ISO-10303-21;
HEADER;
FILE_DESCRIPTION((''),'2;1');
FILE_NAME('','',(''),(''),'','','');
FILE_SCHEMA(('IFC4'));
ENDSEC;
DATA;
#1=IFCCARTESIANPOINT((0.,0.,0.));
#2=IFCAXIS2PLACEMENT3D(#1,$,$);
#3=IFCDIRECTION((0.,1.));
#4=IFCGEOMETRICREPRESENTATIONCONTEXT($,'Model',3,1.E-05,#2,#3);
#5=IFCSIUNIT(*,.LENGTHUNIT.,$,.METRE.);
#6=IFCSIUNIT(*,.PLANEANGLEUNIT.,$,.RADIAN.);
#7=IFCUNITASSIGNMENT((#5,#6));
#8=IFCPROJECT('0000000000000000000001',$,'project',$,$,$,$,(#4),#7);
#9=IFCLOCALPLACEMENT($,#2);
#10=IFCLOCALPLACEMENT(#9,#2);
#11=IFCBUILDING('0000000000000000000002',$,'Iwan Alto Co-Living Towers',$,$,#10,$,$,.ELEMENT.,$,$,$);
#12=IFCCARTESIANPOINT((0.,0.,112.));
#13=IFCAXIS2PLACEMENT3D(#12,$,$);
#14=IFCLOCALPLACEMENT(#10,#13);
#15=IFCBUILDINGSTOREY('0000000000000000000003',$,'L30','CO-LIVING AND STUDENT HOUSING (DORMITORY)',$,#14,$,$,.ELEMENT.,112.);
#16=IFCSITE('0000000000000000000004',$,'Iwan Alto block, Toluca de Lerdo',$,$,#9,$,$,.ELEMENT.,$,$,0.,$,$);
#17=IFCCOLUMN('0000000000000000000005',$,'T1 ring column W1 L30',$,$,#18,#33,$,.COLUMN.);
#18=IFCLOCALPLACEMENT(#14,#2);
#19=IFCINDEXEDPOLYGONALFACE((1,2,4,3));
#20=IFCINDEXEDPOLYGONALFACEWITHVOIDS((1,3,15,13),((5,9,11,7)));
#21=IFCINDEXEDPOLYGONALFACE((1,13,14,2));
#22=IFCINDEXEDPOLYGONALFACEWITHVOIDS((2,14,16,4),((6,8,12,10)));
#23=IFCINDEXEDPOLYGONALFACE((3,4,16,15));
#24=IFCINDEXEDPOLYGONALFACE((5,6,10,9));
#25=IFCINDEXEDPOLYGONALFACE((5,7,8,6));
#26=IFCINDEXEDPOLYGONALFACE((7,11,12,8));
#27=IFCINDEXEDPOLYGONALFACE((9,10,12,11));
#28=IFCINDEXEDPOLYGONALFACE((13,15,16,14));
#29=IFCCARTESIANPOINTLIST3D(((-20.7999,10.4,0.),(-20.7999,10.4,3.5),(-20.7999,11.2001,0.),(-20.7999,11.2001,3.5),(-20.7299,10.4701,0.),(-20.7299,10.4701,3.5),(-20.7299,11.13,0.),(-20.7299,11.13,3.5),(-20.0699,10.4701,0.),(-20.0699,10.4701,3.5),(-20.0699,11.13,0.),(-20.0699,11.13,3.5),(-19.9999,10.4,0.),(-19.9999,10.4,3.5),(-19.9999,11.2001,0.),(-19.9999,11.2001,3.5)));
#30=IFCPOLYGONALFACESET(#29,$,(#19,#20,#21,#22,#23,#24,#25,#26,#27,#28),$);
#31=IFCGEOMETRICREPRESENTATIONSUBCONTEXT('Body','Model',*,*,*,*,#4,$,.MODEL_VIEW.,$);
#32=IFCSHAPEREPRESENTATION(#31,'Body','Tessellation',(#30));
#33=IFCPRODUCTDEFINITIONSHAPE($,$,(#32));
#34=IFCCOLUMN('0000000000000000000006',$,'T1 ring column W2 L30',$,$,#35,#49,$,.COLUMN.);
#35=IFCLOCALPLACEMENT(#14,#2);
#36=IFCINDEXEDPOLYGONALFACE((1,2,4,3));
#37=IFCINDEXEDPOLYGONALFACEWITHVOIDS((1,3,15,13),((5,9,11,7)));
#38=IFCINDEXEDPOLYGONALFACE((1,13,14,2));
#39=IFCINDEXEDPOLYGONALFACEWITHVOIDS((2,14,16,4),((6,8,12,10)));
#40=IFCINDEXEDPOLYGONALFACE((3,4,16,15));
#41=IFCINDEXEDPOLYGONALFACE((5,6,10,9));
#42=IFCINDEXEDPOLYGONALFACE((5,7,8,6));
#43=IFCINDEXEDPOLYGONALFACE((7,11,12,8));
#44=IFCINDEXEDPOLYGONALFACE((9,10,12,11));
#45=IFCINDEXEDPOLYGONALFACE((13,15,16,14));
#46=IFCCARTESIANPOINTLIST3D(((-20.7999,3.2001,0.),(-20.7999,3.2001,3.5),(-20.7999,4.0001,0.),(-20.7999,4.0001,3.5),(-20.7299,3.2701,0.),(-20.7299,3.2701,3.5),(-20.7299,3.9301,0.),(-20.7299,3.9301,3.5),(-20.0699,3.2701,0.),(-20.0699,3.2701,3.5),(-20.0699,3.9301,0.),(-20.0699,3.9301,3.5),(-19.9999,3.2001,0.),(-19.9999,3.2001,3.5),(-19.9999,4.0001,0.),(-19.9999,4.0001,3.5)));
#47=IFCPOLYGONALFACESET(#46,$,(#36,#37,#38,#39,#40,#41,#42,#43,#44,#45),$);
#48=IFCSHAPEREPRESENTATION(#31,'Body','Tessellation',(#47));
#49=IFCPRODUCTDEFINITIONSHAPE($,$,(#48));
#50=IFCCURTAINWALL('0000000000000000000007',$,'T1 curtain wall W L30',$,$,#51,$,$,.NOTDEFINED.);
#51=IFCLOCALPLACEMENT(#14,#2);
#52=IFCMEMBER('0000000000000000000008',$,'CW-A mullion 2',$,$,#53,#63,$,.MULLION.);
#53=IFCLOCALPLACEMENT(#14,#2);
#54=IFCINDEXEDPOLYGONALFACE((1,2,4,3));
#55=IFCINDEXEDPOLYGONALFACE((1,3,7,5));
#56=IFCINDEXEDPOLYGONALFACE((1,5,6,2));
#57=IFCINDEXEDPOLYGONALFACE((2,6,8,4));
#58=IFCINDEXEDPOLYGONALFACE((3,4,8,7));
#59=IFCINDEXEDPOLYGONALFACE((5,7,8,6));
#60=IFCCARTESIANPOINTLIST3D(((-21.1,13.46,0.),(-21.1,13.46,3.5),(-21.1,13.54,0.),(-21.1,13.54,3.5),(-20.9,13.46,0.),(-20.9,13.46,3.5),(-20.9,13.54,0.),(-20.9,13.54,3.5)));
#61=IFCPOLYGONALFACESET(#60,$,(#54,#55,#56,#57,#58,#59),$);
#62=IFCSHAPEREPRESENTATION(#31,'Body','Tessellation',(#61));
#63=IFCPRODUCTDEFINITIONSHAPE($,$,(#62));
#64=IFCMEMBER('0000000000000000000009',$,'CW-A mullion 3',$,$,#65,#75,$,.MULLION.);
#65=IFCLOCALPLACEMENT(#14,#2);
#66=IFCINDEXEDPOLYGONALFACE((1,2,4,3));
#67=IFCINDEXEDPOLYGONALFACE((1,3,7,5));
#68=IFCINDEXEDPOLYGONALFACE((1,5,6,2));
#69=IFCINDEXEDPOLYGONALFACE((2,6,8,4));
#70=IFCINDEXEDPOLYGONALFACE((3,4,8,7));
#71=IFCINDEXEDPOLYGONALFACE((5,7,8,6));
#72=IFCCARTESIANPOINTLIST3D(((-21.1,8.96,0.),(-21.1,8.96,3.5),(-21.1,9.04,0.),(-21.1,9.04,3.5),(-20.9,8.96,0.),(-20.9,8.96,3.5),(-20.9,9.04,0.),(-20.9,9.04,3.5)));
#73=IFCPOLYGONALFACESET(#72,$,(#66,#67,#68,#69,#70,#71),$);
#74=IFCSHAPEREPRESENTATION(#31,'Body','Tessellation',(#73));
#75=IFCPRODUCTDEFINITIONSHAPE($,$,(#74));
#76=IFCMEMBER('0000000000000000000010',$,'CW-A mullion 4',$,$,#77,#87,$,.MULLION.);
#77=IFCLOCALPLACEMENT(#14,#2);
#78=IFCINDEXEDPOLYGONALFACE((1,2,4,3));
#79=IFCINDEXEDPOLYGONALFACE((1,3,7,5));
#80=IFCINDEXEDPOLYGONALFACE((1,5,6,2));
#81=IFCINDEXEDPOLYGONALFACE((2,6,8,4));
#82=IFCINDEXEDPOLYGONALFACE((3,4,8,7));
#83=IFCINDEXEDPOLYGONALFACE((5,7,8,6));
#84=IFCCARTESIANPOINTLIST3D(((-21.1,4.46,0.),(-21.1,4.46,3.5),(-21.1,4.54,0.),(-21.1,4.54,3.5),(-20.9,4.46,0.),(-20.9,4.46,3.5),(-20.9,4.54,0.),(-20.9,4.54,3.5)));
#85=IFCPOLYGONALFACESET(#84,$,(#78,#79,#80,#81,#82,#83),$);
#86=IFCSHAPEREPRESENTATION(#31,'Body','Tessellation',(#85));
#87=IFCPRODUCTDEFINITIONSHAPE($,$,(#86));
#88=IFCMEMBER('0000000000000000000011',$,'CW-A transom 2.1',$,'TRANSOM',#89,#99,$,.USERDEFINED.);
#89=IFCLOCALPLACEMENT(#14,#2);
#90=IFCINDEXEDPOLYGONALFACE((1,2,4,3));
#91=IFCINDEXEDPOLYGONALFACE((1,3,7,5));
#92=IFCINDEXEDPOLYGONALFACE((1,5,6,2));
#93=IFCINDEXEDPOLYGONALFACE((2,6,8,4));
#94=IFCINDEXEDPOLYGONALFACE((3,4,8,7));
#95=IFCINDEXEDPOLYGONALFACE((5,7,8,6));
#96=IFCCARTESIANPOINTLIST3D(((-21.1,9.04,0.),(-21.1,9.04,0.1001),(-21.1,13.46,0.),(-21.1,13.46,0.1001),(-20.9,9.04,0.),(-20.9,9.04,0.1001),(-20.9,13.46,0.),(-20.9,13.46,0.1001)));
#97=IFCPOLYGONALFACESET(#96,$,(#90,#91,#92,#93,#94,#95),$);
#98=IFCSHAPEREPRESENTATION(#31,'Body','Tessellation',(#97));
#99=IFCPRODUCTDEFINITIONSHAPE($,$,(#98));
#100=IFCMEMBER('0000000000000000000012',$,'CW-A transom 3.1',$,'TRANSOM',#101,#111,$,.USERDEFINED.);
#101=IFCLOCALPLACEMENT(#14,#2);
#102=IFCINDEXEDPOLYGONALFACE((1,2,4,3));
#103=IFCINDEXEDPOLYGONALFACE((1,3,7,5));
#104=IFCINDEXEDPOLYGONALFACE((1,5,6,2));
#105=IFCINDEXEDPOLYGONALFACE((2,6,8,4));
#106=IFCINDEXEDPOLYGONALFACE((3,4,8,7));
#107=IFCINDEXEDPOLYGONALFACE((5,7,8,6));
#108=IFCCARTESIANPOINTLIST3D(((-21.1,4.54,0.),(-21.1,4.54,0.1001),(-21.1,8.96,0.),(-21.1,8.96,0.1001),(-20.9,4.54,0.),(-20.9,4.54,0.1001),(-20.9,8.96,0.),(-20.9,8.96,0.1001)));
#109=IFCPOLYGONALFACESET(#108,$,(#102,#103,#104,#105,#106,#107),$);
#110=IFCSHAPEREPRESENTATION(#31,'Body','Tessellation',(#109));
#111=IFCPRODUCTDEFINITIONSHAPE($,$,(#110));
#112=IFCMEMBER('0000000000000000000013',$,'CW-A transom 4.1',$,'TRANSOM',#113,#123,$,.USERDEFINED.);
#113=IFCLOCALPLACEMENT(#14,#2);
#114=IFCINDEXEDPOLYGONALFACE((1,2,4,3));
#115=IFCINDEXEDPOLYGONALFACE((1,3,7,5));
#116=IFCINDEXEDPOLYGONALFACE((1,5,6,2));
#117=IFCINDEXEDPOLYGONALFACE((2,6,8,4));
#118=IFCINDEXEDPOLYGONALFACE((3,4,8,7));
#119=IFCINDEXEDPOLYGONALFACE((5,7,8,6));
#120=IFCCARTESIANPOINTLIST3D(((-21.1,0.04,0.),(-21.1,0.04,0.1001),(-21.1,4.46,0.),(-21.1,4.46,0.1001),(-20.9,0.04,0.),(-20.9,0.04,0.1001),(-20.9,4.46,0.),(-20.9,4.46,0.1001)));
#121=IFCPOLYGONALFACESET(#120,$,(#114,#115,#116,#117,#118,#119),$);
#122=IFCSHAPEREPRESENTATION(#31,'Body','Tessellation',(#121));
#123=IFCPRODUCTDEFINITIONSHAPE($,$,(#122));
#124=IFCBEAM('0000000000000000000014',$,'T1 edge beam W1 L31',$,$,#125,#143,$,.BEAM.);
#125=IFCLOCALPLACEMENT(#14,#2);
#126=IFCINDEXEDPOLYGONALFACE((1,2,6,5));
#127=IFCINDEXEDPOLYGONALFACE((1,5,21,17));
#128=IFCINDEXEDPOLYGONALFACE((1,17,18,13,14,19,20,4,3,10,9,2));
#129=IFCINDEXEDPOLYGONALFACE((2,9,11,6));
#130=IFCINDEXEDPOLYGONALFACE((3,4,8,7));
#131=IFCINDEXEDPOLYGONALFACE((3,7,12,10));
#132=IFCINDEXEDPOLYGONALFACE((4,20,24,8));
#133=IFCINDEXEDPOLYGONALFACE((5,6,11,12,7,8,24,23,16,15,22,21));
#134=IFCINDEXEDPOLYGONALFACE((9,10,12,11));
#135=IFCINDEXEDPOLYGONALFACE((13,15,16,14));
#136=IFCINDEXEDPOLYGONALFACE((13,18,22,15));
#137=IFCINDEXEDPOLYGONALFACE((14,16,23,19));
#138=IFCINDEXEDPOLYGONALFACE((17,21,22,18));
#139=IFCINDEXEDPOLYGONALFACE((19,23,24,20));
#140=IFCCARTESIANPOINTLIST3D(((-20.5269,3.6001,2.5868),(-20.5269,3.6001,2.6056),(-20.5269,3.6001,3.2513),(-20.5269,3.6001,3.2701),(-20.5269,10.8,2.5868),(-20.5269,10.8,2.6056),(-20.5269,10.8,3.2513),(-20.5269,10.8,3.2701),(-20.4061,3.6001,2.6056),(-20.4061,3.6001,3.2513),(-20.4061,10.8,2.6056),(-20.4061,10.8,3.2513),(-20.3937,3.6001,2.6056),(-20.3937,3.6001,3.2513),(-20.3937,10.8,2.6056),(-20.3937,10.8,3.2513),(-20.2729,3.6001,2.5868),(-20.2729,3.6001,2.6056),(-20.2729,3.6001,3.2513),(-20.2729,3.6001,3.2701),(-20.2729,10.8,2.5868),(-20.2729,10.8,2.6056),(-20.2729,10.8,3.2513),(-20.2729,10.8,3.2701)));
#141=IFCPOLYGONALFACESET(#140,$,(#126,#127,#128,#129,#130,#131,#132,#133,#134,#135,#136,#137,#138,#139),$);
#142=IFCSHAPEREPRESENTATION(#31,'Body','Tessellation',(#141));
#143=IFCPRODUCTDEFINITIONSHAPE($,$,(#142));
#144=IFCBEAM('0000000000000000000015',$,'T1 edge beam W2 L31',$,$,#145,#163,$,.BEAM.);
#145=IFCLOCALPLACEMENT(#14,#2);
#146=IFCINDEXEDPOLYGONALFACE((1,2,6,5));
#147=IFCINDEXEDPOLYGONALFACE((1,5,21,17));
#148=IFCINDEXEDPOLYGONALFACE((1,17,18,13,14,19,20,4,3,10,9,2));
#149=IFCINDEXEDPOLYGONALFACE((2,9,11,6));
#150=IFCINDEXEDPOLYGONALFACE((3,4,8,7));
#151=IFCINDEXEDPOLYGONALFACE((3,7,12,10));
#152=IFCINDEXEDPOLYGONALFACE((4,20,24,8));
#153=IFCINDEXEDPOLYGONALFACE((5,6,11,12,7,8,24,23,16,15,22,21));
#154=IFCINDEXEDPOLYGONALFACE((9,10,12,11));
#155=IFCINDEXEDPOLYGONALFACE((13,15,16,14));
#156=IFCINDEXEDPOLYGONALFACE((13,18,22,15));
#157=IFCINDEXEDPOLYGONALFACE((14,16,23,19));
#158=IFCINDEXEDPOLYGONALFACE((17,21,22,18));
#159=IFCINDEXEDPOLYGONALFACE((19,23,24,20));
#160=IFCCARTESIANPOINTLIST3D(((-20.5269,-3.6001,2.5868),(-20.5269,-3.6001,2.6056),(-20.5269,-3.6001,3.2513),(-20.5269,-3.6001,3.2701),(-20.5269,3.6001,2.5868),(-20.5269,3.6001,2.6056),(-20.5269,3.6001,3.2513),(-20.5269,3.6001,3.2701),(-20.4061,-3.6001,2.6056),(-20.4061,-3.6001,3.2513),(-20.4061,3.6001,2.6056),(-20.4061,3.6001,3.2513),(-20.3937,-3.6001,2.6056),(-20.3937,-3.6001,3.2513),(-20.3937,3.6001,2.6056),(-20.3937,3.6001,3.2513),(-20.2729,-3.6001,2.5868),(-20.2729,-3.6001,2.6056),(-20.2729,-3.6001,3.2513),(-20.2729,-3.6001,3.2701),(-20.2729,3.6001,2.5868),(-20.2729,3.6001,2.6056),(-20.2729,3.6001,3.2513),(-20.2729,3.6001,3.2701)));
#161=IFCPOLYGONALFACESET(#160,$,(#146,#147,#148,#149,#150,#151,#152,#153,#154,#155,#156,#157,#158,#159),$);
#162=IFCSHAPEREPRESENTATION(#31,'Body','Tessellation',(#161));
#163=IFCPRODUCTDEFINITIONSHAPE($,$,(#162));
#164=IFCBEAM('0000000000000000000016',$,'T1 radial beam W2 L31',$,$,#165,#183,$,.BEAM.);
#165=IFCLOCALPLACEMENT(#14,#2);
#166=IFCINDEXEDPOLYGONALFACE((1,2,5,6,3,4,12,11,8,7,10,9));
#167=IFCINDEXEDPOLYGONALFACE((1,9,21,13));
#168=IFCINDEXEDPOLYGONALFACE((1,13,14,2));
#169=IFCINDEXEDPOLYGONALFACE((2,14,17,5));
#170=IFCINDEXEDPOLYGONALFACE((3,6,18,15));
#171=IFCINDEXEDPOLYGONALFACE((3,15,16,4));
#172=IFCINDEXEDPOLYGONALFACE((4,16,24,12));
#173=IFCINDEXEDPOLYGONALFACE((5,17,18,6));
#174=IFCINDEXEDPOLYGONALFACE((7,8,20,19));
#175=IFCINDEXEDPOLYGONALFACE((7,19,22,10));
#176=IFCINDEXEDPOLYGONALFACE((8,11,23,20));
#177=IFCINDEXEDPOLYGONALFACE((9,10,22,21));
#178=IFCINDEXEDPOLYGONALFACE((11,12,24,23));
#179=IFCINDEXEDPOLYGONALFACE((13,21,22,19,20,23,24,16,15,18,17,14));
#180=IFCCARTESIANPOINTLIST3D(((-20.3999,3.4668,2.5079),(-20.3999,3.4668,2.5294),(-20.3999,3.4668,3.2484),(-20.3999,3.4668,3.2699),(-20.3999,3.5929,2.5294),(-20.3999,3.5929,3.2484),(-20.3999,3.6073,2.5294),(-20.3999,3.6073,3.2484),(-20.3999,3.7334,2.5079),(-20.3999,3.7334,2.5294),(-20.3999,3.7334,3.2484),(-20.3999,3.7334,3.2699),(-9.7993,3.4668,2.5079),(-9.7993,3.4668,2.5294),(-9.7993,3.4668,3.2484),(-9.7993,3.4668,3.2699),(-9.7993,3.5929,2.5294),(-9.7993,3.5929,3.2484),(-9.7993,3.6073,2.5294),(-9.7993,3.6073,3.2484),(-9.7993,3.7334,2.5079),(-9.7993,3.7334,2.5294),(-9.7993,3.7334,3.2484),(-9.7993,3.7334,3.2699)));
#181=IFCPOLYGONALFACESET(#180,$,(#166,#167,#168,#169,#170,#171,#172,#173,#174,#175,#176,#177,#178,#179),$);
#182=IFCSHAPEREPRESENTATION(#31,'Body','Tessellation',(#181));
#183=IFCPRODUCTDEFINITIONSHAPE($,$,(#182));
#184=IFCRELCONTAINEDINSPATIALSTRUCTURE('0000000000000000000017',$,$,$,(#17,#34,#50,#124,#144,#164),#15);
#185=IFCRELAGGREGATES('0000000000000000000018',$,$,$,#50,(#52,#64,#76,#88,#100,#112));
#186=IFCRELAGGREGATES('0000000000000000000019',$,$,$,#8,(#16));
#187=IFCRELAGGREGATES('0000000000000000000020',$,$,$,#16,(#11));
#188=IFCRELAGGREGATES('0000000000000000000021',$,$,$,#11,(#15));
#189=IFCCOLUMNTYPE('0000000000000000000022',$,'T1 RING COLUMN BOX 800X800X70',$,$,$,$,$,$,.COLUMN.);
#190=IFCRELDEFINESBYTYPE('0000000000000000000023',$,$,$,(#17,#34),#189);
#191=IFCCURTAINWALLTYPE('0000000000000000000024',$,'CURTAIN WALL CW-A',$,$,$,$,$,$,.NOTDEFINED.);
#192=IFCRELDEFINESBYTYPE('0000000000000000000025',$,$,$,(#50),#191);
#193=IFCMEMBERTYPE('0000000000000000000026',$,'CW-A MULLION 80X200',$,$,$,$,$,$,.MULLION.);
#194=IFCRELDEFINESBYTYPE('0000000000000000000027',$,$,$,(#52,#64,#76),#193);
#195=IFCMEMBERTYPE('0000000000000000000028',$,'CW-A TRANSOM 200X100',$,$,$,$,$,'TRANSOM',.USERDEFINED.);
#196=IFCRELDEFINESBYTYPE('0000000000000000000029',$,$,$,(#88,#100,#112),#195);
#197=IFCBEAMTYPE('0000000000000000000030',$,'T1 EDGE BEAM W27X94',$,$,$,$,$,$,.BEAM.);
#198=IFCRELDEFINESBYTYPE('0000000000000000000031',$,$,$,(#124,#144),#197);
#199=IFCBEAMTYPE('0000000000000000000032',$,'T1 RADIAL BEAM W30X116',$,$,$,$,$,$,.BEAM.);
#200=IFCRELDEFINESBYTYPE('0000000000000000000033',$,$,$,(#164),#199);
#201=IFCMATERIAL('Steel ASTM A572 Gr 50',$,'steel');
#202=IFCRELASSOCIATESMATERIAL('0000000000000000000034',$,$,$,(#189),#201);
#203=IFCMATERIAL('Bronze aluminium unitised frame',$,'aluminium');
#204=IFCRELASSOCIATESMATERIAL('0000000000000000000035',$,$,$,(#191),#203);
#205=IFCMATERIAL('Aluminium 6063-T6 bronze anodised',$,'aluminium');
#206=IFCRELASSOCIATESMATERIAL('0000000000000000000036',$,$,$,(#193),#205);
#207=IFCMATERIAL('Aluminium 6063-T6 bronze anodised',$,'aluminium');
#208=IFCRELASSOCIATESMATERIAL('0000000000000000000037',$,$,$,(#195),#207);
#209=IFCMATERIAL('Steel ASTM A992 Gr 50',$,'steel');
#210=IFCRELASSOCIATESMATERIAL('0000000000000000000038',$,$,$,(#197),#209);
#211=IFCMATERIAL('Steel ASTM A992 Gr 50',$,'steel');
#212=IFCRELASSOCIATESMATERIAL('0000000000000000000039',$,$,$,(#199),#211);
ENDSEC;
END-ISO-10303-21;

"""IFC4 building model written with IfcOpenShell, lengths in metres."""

from ifc_helpers import new_model, si_unit, direction, frame, origin, origin_2d, place, context, subcontext, project, spatial, rectangle, hollow_rectangle, i_section, extrude, material, material_profile, profile_set, type_object, element, aggregate, save


model = new_model("IFC4")

# Units and contexts
model_context = context("Model", 3, precision=1e-05, world=origin(), true_north=direction((0.0, 1.0)))
body_context = subcontext(model_context, "Body", "Model", "MODEL_VIEW")
ifc_project = project(units=[si_unit("LENGTHUNIT", "METRE"), si_unit("PLANEANGLEUNIT", "RADIAN")], contexts=[model_context])

# Site, building, storey
site_placement = place(None, origin())
site = spatial("IfcSite", under=ifc_project, at=site_placement, Name="Iwan Alto block, Toluca de Lerdo", CompositionType="ELEMENT", RefElevation=0.0)
building_placement = place(site_placement, origin())
building = spatial("IfcBuilding", under=site, at=building_placement, Name="Iwan Alto Co-Living Towers", CompositionType="ELEMENT")
storey_placement = place(building_placement, frame((0.0, 0.0, 112.0)))
storey = spatial("IfcBuildingStorey", under=building, at=storey_placement, Name="L30", Description="CO-LIVING AND STUDENT HOUSING (DORMITORY)", CompositionType="ELEMENT", Elevation=112.0)

# Columns
ifc_material_1 = material(Name="Steel ASTM A572 Gr 50", Category="steel")
ifc_material_profile_1 = material_profile(ifc_material_1, hollow_rectangle(XDim=0.8, YDim=0.8, WallThickness=0.0701, at=origin_2d()), Name="BOX 800X800X70")
ifc_profile_set_1 = profile_set([ifc_material_profile_1], Name="Steel ASTM A572 Gr 50")
column_type = type_object("IfcColumnType", Name="T1 RING COLUMN BOX 800X800X70", PredefinedType="COLUMN", material=ifc_profile_set_1)
for number, where, z_axis, x_axis, name in (
    (1, (-20.3999, 10.8, 0.0), (0.0, 0.0, 1.0), (1.0, 0.0, 0.0), "T1 ring column W1 L30"),
    (2, (-20.3999, 3.6001, 0.0), (0.0, 0.0, 1.0), (1.0, 0.0, 0.0), "T1 ring column W2 L30"),
):
    element("IfcColumn", number, at=place(storey_placement, frame(where, z_axis=z_axis, x_axis=x_axis)), inside=storey, type_object=column_type, Name=name, PredefinedType="COLUMN", context=body_context, shape_type="SweptSolid", body=[
        extrude(hollow_rectangle(XDim=0.8, YDim=0.8, WallThickness=0.0701, at=origin_2d()), origin(), (0.0, 0.0, 1.0), 3.5),
    ])

# Curtain wall, members
ifc_material_2 = material(Name="Bronze aluminium unitised frame", Category="aluminium")
curtain_wall_type = type_object("IfcCurtainWallType", Name="CURTAIN WALL CW-A", PredefinedType="NOTDEFINED", material=ifc_material_2)
curtain_wall_placement = place(storey_placement, origin())
curtain_wall = element("IfcCurtainWall", 3, at=curtain_wall_placement, inside=storey, type_object=curtain_wall_type, Name="T1 curtain wall W L30", PredefinedType="NOTDEFINED")
ifc_material_3 = material(Name="Aluminium 6063-T6 bronze anodised", Category="aluminium")
ifc_material_profile_2 = material_profile(ifc_material_3, rectangle(XDim=0.2, YDim=0.0801, at=origin_2d()), Name="AL 80X200")
ifc_profile_set_2 = profile_set([ifc_material_profile_2], Name="Aluminium 6063-T6 bronze anodised")
member_type_1 = type_object("IfcMemberType", Name="CW-A MULLION 80X200", PredefinedType="MULLION", material=ifc_profile_set_2)
member_1_placement = place(storey_placement, frame((-21.0, 13.5, 0.0), z_axis=(0.0, 0.0, 1.0), x_axis=(1.0, 0.0, 0.0)))
member_1 = element("IfcMember", 4, at=member_1_placement, type_object=member_type_1, Name="CW-A mullion 2", PredefinedType="MULLION", context=body_context, shape_type="SweptSolid", body=[
    extrude(rectangle(XDim=0.2, YDim=0.0801, at=origin_2d()), origin(), (0.0, 0.0, 1.0), 3.5),
])
member_2_placement = place(storey_placement, frame((-21.0, 9.0, 0.0), z_axis=(0.0, 0.0, 1.0), x_axis=(1.0, 0.0, 0.0)))
member_2 = element("IfcMember", 5, at=member_2_placement, type_object=member_type_1, Name="CW-A mullion 3", PredefinedType="MULLION", context=body_context, shape_type="SweptSolid", body=[
    extrude(rectangle(XDim=0.2, YDim=0.0801, at=origin_2d()), origin(), (0.0, 0.0, 1.0), 3.5),
])
member_3_placement = place(storey_placement, frame((-21.0, 4.5, 0.0), z_axis=(0.0, 0.0, 1.0), x_axis=(1.0, 0.0, 0.0)))
member_3 = element("IfcMember", 6, at=member_3_placement, type_object=member_type_1, Name="CW-A mullion 4", PredefinedType="MULLION", context=body_context, shape_type="SweptSolid", body=[
    extrude(rectangle(XDim=0.2, YDim=0.0801, at=origin_2d()), origin(), (0.0, 0.0, 1.0), 3.5),
])
ifc_material_4 = material(Name="Aluminium 6063-T6 bronze anodised", Category="aluminium")
ifc_material_profile_3 = material_profile(ifc_material_4, rectangle(XDim=0.2, YDim=0.1001, at=origin_2d()), Name="AL 200X100")
ifc_profile_set_3 = profile_set([ifc_material_profile_3], Name="Aluminium 6063-T6 bronze anodised")
member_type_2 = type_object("IfcMemberType", Name="CW-A TRANSOM 200X100", ElementType="TRANSOM", PredefinedType="USERDEFINED", material=ifc_profile_set_3)
member_4_placement = place(storey_placement, frame((-21.0, 13.46, 0.05), z_axis=(0.0, -1.0, 0.0), x_axis=(1.0, 0.0, 0.0)))
member_4 = element("IfcMember", 7, at=member_4_placement, type_object=member_type_2, Name="CW-A transom 2.1", ObjectType="TRANSOM", PredefinedType="USERDEFINED", context=body_context, shape_type="SweptSolid", body=[
    extrude(rectangle(XDim=0.2, YDim=0.1001, at=origin_2d()), origin(), (0.0, 0.0, 1.0), 4.4199),
])
member_5_placement = place(storey_placement, frame((-21.0, 8.96, 0.05), z_axis=(0.0, -1.0, 0.0), x_axis=(1.0, 0.0, 0.0)))
member_5 = element("IfcMember", 8, at=member_5_placement, type_object=member_type_2, Name="CW-A transom 3.1", ObjectType="TRANSOM", PredefinedType="USERDEFINED", context=body_context, shape_type="SweptSolid", body=[
    extrude(rectangle(XDim=0.2, YDim=0.1001, at=origin_2d()), origin(), (0.0, 0.0, 1.0), 4.4199),
])
member_6_placement = place(storey_placement, frame((-21.0, 4.46, 0.05), z_axis=(0.0, -1.0, 0.0), x_axis=(1.0, 0.0, 0.0)))
member_6 = element("IfcMember", 9, at=member_6_placement, type_object=member_type_2, Name="CW-A transom 4.1", ObjectType="TRANSOM", PredefinedType="USERDEFINED", context=body_context, shape_type="SweptSolid", body=[
    extrude(rectangle(XDim=0.2, YDim=0.1001, at=origin_2d()), origin(), (0.0, 0.0, 1.0), 4.4199),
])

# Beams
ifc_material_5 = material(Name="Steel ASTM A992 Gr 50", Category="steel")
ifc_material_profile_4 = material_profile(ifc_material_5, i_section(OverallWidth=0.2539, OverallDepth=0.6833, WebThickness=0.0125, FlangeThickness=0.0188, at=origin_2d()), Name="W27X94")
ifc_profile_set_4 = profile_set([ifc_material_profile_4], Name="Steel ASTM A992 Gr 50")
beam_type_1 = type_object("IfcBeamType", Name="T1 EDGE BEAM W27X94", PredefinedType="BEAM", material=ifc_profile_set_4)
beam_1_placement = place(storey_placement, frame((-20.3999, 10.8, 2.9285), z_axis=(0.0, -1.0, 0.0), x_axis=(1.0, 0.0, 0.0)))
element("IfcBeam", 10, at=beam_1_placement, inside=storey, type_object=beam_type_1, Name="T1 edge beam W1 L31", PredefinedType="BEAM", context=body_context, shape_type="SweptSolid", body=[
    extrude(i_section(OverallWidth=0.2539, OverallDepth=0.6833, WebThickness=0.0125, FlangeThickness=0.0188, at=origin_2d()), origin(), (0.0, 0.0, 1.0), 7.2),
])
beam_2_placement = place(storey_placement, frame((-20.3999, 3.6001, 2.9285), z_axis=(0.0, -1.0, 0.0), x_axis=(1.0, 0.0, 0.0)))
element("IfcBeam", 11, at=beam_2_placement, inside=storey, type_object=beam_type_1, Name="T1 edge beam W2 L31", PredefinedType="BEAM", context=body_context, shape_type="SweptSolid", body=[
    extrude(i_section(OverallWidth=0.2539, OverallDepth=0.6833, WebThickness=0.0125, FlangeThickness=0.0188, at=origin_2d()), origin(), (0.0, 0.0, 1.0), 7.2002),
])
ifc_material_6 = material(Name="Steel ASTM A992 Gr 50", Category="steel")
ifc_material_profile_5 = material_profile(ifc_material_6, i_section(OverallWidth=0.2666, OverallDepth=0.762, WebThickness=0.0144, FlangeThickness=0.0215, at=origin_2d()), Name="W30X116")
ifc_profile_set_5 = profile_set([ifc_material_profile_5], Name="Steel ASTM A992 Gr 50")
beam_type_2 = type_object("IfcBeamType", Name="T1 RADIAL BEAM W30X116", PredefinedType="BEAM", material=ifc_profile_set_5)
beam_3_placement = place(storey_placement, frame((-20.3999, 3.6001, 2.8889), z_axis=(1.0, 0.0, 0.0), x_axis=(0.0, 1.0, 0.0)))
element("IfcBeam", 12, at=beam_3_placement, inside=storey, type_object=beam_type_2, Name="T1 radial beam W2 L31", PredefinedType="BEAM", context=body_context, shape_type="SweptSolid", body=[
    extrude(i_section(OverallWidth=0.2666, OverallDepth=0.762, WebThickness=0.0144, FlangeThickness=0.0215, at=origin_2d()), origin(), (0.0, 0.0, 1.0), 10.6006),
])

aggregate(curtain_wall, [member_1, member_2, member_3, member_4, member_5, member_6])

save(model, "model.ifc")
